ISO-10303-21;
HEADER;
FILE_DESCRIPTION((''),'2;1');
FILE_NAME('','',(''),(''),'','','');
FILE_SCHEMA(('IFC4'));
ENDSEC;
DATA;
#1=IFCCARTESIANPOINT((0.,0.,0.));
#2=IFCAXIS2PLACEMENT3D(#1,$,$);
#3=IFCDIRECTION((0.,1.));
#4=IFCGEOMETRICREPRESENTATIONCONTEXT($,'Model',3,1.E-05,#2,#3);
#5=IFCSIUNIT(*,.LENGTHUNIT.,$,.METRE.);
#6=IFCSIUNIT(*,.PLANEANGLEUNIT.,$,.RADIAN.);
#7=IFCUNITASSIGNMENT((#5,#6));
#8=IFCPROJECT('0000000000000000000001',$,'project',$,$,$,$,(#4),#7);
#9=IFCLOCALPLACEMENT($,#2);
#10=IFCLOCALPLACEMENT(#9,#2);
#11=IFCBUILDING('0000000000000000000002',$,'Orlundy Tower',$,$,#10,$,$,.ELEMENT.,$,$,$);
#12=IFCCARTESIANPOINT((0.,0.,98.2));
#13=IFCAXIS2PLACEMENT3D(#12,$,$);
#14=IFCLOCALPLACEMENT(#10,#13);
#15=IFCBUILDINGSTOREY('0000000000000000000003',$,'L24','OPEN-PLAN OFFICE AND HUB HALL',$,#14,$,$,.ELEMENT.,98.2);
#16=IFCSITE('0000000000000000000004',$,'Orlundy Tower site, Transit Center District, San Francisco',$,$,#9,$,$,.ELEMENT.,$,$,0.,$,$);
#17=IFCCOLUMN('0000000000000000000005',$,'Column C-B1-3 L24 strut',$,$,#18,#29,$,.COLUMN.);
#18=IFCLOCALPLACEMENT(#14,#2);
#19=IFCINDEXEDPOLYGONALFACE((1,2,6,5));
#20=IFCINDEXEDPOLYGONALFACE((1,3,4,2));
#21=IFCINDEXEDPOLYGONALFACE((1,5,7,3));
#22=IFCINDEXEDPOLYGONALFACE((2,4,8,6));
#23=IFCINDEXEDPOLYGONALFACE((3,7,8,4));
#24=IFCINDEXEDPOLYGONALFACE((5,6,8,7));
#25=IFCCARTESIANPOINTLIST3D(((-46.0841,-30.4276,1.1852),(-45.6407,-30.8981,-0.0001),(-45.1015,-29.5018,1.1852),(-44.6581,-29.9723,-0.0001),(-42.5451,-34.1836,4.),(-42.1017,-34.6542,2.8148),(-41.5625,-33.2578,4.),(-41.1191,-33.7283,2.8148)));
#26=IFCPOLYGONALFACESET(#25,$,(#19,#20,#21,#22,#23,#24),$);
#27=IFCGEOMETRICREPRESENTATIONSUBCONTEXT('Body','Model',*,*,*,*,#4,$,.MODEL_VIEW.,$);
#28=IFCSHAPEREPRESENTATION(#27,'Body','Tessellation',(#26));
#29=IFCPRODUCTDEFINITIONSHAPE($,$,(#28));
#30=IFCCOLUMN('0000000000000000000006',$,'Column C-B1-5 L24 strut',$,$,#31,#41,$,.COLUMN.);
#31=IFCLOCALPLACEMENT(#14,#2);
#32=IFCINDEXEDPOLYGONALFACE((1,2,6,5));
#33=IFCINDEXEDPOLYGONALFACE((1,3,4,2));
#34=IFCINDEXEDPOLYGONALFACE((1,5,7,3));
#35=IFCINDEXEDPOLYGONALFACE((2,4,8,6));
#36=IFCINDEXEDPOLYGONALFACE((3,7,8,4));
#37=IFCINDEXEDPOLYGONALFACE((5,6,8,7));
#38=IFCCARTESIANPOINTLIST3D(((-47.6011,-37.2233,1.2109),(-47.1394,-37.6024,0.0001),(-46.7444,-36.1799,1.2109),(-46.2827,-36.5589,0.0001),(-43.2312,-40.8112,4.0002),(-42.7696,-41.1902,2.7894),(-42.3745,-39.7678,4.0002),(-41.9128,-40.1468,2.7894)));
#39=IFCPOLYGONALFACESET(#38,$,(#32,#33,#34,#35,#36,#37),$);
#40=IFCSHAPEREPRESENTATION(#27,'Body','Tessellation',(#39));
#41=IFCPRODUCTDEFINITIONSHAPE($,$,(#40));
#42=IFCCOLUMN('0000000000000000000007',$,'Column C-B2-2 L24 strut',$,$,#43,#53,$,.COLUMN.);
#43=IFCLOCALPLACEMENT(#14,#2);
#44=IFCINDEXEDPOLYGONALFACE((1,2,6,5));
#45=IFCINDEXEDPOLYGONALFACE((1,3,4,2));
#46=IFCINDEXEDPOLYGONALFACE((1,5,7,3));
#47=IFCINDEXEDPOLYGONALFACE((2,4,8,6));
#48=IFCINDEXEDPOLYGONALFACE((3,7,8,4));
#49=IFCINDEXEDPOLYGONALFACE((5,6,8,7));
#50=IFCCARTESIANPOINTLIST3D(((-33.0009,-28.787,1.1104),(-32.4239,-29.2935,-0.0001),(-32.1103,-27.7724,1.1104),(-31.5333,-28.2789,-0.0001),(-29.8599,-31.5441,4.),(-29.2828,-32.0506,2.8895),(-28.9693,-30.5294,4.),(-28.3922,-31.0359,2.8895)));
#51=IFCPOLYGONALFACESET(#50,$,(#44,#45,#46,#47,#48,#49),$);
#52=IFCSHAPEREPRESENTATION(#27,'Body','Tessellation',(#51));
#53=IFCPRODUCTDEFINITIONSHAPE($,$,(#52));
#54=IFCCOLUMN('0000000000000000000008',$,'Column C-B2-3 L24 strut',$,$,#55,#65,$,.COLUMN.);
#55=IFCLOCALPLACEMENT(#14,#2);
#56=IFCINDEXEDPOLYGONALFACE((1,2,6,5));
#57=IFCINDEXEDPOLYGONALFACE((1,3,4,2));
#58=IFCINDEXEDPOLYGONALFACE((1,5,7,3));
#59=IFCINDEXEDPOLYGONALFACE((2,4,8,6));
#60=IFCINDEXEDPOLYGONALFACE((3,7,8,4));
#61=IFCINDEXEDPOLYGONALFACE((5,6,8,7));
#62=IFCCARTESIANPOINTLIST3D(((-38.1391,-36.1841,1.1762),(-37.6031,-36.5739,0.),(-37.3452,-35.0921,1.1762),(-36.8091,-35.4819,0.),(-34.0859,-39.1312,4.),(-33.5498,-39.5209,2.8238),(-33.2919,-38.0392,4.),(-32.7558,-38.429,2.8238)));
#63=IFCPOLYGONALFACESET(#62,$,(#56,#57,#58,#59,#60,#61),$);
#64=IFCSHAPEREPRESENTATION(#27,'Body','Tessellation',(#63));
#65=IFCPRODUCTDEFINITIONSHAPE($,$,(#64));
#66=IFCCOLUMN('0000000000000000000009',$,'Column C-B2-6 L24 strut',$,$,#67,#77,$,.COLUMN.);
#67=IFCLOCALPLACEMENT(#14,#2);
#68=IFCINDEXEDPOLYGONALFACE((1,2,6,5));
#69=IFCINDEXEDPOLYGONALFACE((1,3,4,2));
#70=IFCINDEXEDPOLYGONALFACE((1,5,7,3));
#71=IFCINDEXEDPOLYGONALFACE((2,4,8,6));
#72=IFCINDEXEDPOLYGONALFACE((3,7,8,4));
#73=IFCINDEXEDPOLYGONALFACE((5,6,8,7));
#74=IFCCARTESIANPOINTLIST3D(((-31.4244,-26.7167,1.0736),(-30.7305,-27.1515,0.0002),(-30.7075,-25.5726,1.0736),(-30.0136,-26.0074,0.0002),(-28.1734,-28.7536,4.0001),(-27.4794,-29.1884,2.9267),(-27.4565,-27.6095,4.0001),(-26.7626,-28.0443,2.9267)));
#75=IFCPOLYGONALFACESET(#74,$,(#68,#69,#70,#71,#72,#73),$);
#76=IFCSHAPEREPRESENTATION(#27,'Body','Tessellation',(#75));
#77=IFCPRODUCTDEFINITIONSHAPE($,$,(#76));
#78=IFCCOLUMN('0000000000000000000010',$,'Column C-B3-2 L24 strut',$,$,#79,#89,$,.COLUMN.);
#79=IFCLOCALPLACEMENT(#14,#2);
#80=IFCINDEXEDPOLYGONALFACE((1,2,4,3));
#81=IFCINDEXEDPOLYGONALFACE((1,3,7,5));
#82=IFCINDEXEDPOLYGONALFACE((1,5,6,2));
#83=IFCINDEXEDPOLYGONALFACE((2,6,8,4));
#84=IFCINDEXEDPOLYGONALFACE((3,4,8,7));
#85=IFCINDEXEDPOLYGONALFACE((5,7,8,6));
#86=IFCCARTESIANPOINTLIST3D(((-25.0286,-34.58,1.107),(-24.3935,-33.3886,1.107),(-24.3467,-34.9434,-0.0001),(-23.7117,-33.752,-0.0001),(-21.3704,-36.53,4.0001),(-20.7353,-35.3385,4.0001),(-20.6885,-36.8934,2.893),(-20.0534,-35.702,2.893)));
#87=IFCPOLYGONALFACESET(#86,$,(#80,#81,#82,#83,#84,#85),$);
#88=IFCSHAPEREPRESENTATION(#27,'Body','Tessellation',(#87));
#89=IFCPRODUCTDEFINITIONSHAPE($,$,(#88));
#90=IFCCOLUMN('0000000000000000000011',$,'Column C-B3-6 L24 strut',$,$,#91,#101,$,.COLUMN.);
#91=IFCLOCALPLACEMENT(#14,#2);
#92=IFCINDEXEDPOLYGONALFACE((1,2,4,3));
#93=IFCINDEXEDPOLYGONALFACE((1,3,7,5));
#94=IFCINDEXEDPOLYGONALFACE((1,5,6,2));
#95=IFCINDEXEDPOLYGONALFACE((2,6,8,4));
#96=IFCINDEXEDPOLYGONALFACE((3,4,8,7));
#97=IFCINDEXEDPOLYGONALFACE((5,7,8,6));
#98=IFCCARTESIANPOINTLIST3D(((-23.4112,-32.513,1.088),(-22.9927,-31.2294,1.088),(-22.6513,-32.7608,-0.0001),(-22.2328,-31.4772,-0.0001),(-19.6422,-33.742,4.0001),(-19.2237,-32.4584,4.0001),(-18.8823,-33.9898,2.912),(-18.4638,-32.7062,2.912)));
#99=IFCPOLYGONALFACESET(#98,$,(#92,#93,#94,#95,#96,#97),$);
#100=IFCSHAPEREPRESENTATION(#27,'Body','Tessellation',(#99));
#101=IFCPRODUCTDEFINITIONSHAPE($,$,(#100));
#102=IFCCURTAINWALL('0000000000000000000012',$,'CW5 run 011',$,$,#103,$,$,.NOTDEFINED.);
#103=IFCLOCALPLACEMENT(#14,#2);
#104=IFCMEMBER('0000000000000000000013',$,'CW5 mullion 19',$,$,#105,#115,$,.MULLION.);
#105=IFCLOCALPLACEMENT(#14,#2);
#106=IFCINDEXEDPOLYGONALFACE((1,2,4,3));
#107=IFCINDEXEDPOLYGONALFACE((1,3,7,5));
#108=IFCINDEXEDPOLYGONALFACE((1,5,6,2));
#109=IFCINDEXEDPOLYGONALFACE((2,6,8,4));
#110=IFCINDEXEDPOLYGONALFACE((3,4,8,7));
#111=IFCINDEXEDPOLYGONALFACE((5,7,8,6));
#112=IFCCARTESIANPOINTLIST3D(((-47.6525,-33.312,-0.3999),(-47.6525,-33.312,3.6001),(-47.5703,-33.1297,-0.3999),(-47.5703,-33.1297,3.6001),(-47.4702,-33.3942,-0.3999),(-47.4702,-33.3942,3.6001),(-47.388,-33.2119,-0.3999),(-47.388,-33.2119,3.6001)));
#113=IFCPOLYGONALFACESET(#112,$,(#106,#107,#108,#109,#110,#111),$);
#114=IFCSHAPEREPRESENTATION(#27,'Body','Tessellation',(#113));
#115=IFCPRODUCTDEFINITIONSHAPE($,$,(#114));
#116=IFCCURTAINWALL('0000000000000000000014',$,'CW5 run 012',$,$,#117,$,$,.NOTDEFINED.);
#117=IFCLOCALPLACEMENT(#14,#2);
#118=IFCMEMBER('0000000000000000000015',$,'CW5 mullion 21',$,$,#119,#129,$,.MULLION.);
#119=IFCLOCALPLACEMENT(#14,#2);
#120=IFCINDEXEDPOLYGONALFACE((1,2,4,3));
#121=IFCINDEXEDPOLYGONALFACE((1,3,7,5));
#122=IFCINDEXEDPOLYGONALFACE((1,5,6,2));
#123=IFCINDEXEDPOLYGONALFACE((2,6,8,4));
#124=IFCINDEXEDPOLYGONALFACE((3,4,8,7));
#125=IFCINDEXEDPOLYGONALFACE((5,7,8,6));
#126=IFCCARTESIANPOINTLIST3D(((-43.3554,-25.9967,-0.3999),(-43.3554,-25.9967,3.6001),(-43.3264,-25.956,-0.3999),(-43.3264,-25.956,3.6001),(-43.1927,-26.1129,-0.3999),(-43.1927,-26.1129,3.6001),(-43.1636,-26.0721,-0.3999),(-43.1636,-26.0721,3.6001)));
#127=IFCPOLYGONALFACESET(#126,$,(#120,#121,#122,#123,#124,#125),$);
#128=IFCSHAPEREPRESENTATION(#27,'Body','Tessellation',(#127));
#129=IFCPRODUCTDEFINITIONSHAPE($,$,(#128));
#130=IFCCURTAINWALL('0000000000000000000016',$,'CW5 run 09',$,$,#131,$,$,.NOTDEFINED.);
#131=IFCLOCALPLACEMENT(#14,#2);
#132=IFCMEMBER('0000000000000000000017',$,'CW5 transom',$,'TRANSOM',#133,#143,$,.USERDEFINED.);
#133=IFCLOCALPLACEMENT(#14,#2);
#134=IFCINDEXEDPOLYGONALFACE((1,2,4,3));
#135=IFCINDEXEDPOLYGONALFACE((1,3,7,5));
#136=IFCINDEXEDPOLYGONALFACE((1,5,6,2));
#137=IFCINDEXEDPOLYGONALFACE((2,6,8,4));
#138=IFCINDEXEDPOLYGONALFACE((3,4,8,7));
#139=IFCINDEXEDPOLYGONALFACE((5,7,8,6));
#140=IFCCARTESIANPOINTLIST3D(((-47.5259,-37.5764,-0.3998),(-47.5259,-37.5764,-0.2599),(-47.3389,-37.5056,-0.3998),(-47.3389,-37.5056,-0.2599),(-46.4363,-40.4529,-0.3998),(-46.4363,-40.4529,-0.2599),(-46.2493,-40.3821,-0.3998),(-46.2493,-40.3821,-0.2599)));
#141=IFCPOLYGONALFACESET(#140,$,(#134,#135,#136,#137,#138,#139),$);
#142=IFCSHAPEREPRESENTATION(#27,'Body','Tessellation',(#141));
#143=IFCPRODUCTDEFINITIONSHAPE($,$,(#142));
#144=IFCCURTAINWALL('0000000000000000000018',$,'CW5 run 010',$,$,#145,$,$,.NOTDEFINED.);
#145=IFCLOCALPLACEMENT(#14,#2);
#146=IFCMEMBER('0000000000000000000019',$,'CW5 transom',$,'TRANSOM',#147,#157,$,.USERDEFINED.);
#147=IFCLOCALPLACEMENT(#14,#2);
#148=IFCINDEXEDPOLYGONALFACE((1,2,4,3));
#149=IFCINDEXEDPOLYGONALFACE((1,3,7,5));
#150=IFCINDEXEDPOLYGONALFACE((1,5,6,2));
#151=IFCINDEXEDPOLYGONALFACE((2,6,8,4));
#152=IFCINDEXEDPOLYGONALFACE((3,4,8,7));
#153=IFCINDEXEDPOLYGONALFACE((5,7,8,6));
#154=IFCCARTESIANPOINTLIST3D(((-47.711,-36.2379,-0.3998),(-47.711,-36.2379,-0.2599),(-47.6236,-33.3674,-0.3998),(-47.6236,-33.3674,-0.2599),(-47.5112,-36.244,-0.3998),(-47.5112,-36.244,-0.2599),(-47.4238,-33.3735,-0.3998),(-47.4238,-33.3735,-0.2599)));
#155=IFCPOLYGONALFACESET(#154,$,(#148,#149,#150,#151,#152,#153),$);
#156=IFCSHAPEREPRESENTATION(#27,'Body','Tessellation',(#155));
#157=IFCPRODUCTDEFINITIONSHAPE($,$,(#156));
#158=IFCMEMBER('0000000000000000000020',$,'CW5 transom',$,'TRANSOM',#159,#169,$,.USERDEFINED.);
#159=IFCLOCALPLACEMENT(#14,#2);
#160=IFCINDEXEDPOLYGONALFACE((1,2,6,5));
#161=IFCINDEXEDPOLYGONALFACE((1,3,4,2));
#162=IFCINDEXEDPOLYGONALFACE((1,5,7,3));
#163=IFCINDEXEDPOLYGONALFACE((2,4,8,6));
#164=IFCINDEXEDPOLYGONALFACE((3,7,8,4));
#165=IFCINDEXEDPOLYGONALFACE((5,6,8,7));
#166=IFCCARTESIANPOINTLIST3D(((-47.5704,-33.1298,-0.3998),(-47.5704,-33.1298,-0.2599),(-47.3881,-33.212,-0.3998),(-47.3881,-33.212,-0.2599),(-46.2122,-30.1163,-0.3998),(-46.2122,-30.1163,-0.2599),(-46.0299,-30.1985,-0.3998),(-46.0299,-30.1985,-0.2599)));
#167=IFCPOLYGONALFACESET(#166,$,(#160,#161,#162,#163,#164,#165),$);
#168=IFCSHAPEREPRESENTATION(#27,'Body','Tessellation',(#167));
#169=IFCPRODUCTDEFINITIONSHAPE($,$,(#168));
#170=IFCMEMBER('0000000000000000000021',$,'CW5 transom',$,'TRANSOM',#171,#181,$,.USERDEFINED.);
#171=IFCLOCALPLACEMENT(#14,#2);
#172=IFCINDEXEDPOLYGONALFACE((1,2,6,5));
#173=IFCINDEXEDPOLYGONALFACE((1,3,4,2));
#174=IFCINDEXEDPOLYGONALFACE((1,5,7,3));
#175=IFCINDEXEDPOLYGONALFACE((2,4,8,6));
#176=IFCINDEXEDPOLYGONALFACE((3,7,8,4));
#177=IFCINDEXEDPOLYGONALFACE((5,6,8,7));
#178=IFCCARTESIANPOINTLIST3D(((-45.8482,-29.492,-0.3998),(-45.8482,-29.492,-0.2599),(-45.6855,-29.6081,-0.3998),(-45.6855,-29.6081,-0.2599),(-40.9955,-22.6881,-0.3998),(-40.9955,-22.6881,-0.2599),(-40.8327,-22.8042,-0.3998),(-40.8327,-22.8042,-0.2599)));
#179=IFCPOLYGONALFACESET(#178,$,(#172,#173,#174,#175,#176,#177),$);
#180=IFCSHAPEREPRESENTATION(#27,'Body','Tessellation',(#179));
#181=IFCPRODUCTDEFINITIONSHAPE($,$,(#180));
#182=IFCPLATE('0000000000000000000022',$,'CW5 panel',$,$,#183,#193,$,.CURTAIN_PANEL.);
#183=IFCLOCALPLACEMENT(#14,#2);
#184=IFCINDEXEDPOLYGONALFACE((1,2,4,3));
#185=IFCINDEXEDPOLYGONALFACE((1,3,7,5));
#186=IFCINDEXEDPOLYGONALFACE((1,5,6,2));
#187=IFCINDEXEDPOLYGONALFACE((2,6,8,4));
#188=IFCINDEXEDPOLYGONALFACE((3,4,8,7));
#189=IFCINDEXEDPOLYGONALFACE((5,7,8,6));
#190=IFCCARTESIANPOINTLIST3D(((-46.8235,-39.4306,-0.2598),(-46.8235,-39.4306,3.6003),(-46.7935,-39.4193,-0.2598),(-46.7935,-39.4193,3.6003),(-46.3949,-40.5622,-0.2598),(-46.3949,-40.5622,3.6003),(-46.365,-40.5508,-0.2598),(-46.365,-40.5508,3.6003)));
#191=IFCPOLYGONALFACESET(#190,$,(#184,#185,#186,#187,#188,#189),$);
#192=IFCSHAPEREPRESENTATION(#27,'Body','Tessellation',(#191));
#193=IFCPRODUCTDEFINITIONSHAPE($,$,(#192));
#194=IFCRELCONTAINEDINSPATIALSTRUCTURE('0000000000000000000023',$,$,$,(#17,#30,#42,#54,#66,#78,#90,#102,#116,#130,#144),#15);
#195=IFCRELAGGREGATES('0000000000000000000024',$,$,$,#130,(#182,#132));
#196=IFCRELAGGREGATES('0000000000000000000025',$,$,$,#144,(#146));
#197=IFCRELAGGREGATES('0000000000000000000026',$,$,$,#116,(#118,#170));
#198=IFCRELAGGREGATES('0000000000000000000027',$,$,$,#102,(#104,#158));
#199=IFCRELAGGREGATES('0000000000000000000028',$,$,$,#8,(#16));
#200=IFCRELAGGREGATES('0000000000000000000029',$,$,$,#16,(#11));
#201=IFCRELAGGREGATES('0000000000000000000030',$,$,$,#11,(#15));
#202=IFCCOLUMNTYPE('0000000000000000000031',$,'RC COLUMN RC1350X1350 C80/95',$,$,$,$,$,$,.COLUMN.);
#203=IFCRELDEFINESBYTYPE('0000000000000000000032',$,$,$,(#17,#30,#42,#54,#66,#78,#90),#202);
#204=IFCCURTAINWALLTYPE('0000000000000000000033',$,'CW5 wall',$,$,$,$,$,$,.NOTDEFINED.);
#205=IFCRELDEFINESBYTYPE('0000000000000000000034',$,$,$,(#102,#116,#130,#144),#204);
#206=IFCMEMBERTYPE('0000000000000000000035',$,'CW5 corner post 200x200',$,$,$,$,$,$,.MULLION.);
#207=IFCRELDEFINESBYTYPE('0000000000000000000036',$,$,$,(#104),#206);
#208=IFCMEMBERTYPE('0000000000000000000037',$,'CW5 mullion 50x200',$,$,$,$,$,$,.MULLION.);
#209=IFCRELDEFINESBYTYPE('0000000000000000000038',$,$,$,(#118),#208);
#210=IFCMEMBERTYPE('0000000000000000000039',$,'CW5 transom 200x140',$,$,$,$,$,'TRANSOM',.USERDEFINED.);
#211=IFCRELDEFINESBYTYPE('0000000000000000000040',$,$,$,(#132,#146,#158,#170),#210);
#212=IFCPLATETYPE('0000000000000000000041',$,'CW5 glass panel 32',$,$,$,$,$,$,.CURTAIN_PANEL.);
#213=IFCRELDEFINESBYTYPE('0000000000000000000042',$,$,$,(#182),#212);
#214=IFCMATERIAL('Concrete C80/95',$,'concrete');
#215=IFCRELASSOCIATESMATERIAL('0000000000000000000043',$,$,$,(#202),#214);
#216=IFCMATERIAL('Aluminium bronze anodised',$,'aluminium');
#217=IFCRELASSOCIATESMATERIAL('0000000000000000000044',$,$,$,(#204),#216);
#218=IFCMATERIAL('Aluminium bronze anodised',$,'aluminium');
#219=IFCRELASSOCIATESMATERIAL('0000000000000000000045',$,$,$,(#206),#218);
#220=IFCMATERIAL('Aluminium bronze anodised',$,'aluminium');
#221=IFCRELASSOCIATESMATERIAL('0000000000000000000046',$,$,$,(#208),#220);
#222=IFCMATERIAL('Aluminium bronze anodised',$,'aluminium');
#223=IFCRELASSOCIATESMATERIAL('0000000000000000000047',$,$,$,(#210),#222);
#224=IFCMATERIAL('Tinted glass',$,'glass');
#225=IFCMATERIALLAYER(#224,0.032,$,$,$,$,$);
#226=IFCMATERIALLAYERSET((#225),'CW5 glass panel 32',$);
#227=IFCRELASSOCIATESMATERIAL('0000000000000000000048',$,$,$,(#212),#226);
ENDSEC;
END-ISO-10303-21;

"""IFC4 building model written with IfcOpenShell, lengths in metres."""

from ifc_helpers import new_model, si_unit, direction, frame, origin, origin_2d, place, context, subcontext, project, spatial, rectangle, extrude, material, layer, layer_set, material_profile, profile_set, type_object, element, aggregate, save


model = new_model("IFC4")

# Units and contexts
model_context = context("Model", 3, precision=1e-05, world=origin(), true_north=direction((0.0, 1.0)))
body_context = subcontext(model_context, "Body", "Model", "MODEL_VIEW")
ifc_project = project(units=[si_unit("LENGTHUNIT", "METRE"), si_unit("PLANEANGLEUNIT", "RADIAN")], contexts=[model_context])

# Site, building, storey
site_placement = place(None, origin())
site = spatial("IfcSite", under=ifc_project, at=site_placement, Name="Orlundy Tower site, Transit Center District, San Francisco", CompositionType="ELEMENT", RefElevation=0.0)
building_placement = place(site_placement, origin())
building = spatial("IfcBuilding", under=site, at=building_placement, Name="Orlundy Tower", CompositionType="ELEMENT")
storey_placement = place(building_placement, frame((0.0, 0.0, 98.2)))
storey = spatial("IfcBuildingStorey", under=building, at=storey_placement, Name="L24", Description="OPEN-PLAN OFFICE AND HUB HALL", CompositionType="ELEMENT", Elevation=98.2)

# Columns
ifc_material_1 = material(Name="Concrete C80/95", Category="concrete")
ifc_material_profile_1 = material_profile(ifc_material_1, rectangle(XDim=1.3501, YDim=1.3501, at=origin_2d()), Name="RC1350X1350")
ifc_profile_set_1 = profile_set([ifc_material_profile_1], Name="Concrete C80/95")
column_type = type_object("IfcColumnType", Name="RC COLUMN RC1350X1350 C80/95", PredefinedType="COLUMN", material=ifc_profile_set_1)
column_1_placement = place(storey_placement, frame((-45.3711, -30.2, 0.5925), z_axis=(0.602031, -0.638952, 0.478851), x_axis=(0.727822, 0.685766, 0.0)))
element("IfcColumn", 1, at=column_1_placement, inside=storey, type_object=column_type, Name="Column C-B1-3 L24 strut", PredefinedType="COLUMN", context=body_context, shape_type="SweptSolid", body=[
    extrude(rectangle(XDim=1.3501, YDim=1.3501, at=origin_2d()), origin(), (0.0, 0.0, 1.0), 5.8784),
])
column_2_placement = place(storey_placement, frame((-46.9419, -36.8911, 0.6055), z_axis=(0.693116, -0.569084, 0.442418), x_axis=(0.634565, 0.772869, 0.0)))
element("IfcColumn", 2, at=column_2_placement, inside=storey, type_object=column_type, Name="Column C-B1-5 L24 strut", PredefinedType="COLUMN", context=body_context, shape_type="SweptSolid", body=[
    extrude(rectangle(XDim=1.3501, YDim=1.3501, at=origin_2d()), origin(), (0.0, 0.0, 1.0), 6.3047),
])
column_3_placement = place(storey_placement, frame((-32.2671, -28.533, 0.5552), z_axis=(0.618189, -0.542609, 0.568699), x_axis=(0.65967, 0.751555, 0.0)))
element("IfcColumn", 3, at=column_3_placement, inside=storey, type_object=column_type, Name="Column C-B2-2 L24 strut", PredefinedType="COLUMN", context=body_context, shape_type="SweptSolid", body=[
    extrude(rectangle(XDim=1.3501, YDim=1.3501, at=origin_2d()), origin(), (0.0, 0.0, 1.0), 5.0811),
])
column_4_placement = place(storey_placement, frame((-37.4741, -35.833, 0.5881), z_axis=(0.704647, -0.512336, 0.490902), x_axis=(0.58807, 0.80881, 0.0)))
element("IfcColumn", 4, at=column_4_placement, inside=storey, type_object=column_type, Name="Column C-B2-3 L24 strut", PredefinedType="COLUMN", context=body_context, shape_type="SweptSolid", body=[
    extrude(rectangle(XDim=1.3501, YDim=1.3501, at=origin_2d()), origin(), (0.0, 0.0, 1.0), 5.7522),
])
column_5_placement = place(storey_placement, frame((-30.719, -26.3621, 0.5369), z_axis=(0.673755, -0.422134, 0.606511), x_axis=(0.530937, 0.847411, 0.0)))
element("IfcColumn", 5, at=column_5_placement, inside=storey, type_object=column_type, Name="Column C-B2-6 L24 strut", PredefinedType="COLUMN", context=body_context, shape_type="SweptSolid", body=[
    extrude(rectangle(XDim=1.3501, YDim=1.3501, at=origin_2d()), origin(), (0.0, 0.0, 1.0), 4.8252),
])
column_6_placement = place(storey_placement, frame((-24.3701, -34.166, 0.5535), z_axis=(0.723658, -0.385735, 0.5723), x_axis=(0.470383, 0.882462, 0.0)))
element("IfcColumn", 6, at=column_6_placement, inside=storey, type_object=column_type, Name="Column C-B3-2 L24 strut", PredefinedType="COLUMN", context=body_context, shape_type="SweptSolid", body=[
    extrude(rectangle(XDim=1.3501, YDim=1.3501, at=origin_2d()), origin(), (0.0, 0.0, 1.0), 5.0552),
])
column_7_placement = place(storey_placement, frame((-22.822, -31.9951, 0.5439), z_axis=(0.766222, -0.249849, 0.592013), x_axis=(0.310013, 0.950732, 0.0)))
element("IfcColumn", 7, at=column_7_placement, inside=storey, type_object=column_type, Name="Column C-B3-6 L24 strut", PredefinedType="COLUMN", context=body_context, shape_type="SweptSolid", body=[
    extrude(rectangle(XDim=1.3501, YDim=1.3501, at=origin_2d()), origin(), (0.0, 0.0, 1.0), 4.9189),
])

# Curtain walls, members
ifc_material_2 = material(Name="Aluminium bronze anodised", Category="aluminium")
curtain_wall_type = type_object("IfcCurtainWallType", Name="CW5 wall", PredefinedType="NOTDEFINED", material=ifc_material_2)
curtain_wall_1_placement = place(storey_placement, origin())
curtain_wall_1 = element("IfcCurtainWall", 8, at=curtain_wall_1_placement, inside=storey, type_object=curtain_wall_type, Name="CW5 run 011", PredefinedType="NOTDEFINED")
ifc_material_3 = material(Name="Aluminium bronze anodised", Category="aluminium")
ifc_material_profile_2 = material_profile(ifc_material_3, rectangle(XDim=0.2, YDim=0.2, at=origin_2d()), Name="CW5 corner post 200x200")
ifc_profile_set_2 = profile_set([ifc_material_profile_2], Name="Aluminium bronze anodised")
member_type_1 = type_object("IfcMemberType", Name="CW5 corner post 200x200", PredefinedType="MULLION", material=ifc_profile_set_2)
member_1_placement = place(storey_placement, frame((-47.5203, -33.262, -0.3999), z_axis=(0.0, 0.0, 1.0), x_axis=(-0.911674, 0.410914, 0.0)))
member_1 = element("IfcMember", 9, at=member_1_placement, type_object=member_type_1, Name="CW5 mullion 19", PredefinedType="MULLION", context=body_context, shape_type="SweptSolid", body=[
    extrude(rectangle(XDim=0.2, YDim=0.2, at=origin_2d()), origin(), (0.0, 0.0, 1.0), 4.0),
])
curtain_wall_2_placement = place(storey_placement, origin())
curtain_wall_2 = element("IfcCurtainWall", 10, at=curtain_wall_2_placement, inside=storey, type_object=curtain_wall_type, Name="CW5 run 012", PredefinedType="NOTDEFINED")
ifc_material_4 = material(Name="Aluminium bronze anodised", Category="aluminium")
ifc_material_profile_3 = material_profile(ifc_material_4, rectangle(XDim=0.2, YDim=0.05, at=origin_2d()), Name="CW5 mullion 50x200")
ifc_profile_set_3 = profile_set([ifc_material_profile_3], Name="Aluminium bronze anodised")
member_type_2 = type_object("IfcMemberType", Name="CW5 mullion 50x200", PredefinedType="MULLION", material=ifc_profile_set_3)
member_2_placement = place(storey_placement, frame((-43.2595, -26.0344, -0.3999), z_axis=(0.0, 0.0, 1.0), x_axis=(-0.81413, 0.580683, 0.0)))
member_2 = element("IfcMember", 11, at=member_2_placement, type_object=member_type_2, Name="CW5 mullion 21", PredefinedType="MULLION", context=body_context, shape_type="SweptSolid", body=[
    extrude(rectangle(XDim=0.2, YDim=0.05, at=origin_2d()), origin(), (0.0, 0.0, 1.0), 4.0),
])
curtain_wall_3_placement = place(storey_placement, origin())
curtain_wall_3 = element("IfcCurtainWall", 12, at=curtain_wall_3_placement, inside=storey, type_object=curtain_wall_type, Name="CW5 run 09", PredefinedType="NOTDEFINED")
ifc_material_5 = material(Name="Aluminium bronze anodised", Category="aluminium")
ifc_material_profile_4 = material_profile(ifc_material_5, rectangle(XDim=0.2, YDim=0.1399, at=origin_2d()), Name="CW5 transom 200x140")
ifc_profile_set_4 = profile_set([ifc_material_profile_4], Name="Aluminium bronze anodised")
member_type_3 = type_object("IfcMemberType", Name="CW5 transom 200x140", ElementType="TRANSOM", PredefinedType="USERDEFINED", material=ifc_profile_set_4)
member_3_placement = place(storey_placement, frame((-46.3428, -40.4175, -0.3298), z_axis=(-0.354235, 0.935156, 0.0), x_axis=(-0.935156, -0.354235, 0.0)))
member_3 = element("IfcMember", 13, at=member_3_placement, type_object=member_type_3, Name="CW5 transom", ObjectType="TRANSOM", PredefinedType="USERDEFINED", context=body_context, shape_type="SweptSolid", body=[
    extrude(rectangle(XDim=0.2, YDim=0.1399, at=origin_2d()), origin(), (0.0, 0.0, 1.0), 3.0759),
])
curtain_wall_4_placement = place(storey_placement, origin())
curtain_wall_4 = element("IfcCurtainWall", 14, at=curtain_wall_4_placement, inside=storey, type_object=curtain_wall_type, Name="CW5 run 010", PredefinedType="NOTDEFINED")
member_4_placement = place(storey_placement, frame((-47.6111, -36.241, -0.3298), z_axis=(0.030433, 0.999537, 0.0), x_axis=(-0.999537, 0.030433, 0.0)))
member_4 = element("IfcMember", 15, at=member_4_placement, type_object=member_type_3, Name="CW5 transom", ObjectType="TRANSOM", PredefinedType="USERDEFINED", context=body_context, shape_type="SweptSolid", body=[
    extrude(rectangle(XDim=0.2, YDim=0.1399, at=origin_2d()), origin(), (0.0, 0.0, 1.0), 2.8718),
])

# Members
member_5_placement = place(storey_placement, frame((-47.4792, -33.1709, -0.3298), z_axis=(0.410896, 0.911682, 0.0), x_axis=(-0.911682, 0.410896, 0.0)))
member_5 = element("IfcMember", 16, at=member_5_placement, type_object=member_type_3, Name="CW5 transom", ObjectType="TRANSOM", PredefinedType="USERDEFINED", context=body_context, shape_type="SweptSolid", body=[
    extrude(rectangle(XDim=0.2, YDim=0.1399, at=origin_2d()), origin(), (0.0, 0.0, 1.0), 3.3054),
])
member_6_placement = place(storey_placement, frame((-45.7668, -29.55, -0.3298), z_axis=(0.580669, 0.81414, 0.0), x_axis=(-0.81414, 0.580669, 0.0)))
member_6 = element("IfcMember", 17, at=member_6_placement, type_object=member_type_3, Name="CW5 transom", ObjectType="TRANSOM", PredefinedType="USERDEFINED", context=body_context, shape_type="SweptSolid", body=[
    extrude(rectangle(XDim=0.2, YDim=0.1399, at=origin_2d()), origin(), (0.0, 0.0, 1.0), 8.3572),
])

# Plate
ifc_material_6 = material(Name="Tinted glass", Category="glass")
ifc_layer_1 = layer(ifc_material_6, 0.032)
ifc_layer_set_1 = layer_set([ifc_layer_1], Name="CW5 glass panel 32")
plate_type_1 = type_object("IfcPlateType", Name="CW5 glass panel 32", PredefinedType="CURTAIN_PANEL", material=ifc_layer_set_1)
plate_1_placement = place(storey_placement, frame((-46.5942, -39.9907, -0.2598), z_axis=(0.0, 0.0, 1.0), x_axis=(-0.354166, 0.935182, 0.0)))
plate_1 = element("IfcPlate", 18, at=plate_1_placement, type_object=plate_type_1, Name="CW5 panel", PredefinedType="CURTAIN_PANEL", context=body_context, shape_type="SweptSolid", body=[
    extrude(rectangle(XDim=1.21, YDim=0.032, at=origin_2d()), origin(), (0.0, 0.0, 1.0), 3.8601),
])
aggregate(curtain_wall_3, [plate_1, member_3])
aggregate(curtain_wall_4, [member_4])
aggregate(curtain_wall_2, [member_2, member_6])
aggregate(curtain_wall_1, [member_1, member_5])

save(model, "model.ifc")
